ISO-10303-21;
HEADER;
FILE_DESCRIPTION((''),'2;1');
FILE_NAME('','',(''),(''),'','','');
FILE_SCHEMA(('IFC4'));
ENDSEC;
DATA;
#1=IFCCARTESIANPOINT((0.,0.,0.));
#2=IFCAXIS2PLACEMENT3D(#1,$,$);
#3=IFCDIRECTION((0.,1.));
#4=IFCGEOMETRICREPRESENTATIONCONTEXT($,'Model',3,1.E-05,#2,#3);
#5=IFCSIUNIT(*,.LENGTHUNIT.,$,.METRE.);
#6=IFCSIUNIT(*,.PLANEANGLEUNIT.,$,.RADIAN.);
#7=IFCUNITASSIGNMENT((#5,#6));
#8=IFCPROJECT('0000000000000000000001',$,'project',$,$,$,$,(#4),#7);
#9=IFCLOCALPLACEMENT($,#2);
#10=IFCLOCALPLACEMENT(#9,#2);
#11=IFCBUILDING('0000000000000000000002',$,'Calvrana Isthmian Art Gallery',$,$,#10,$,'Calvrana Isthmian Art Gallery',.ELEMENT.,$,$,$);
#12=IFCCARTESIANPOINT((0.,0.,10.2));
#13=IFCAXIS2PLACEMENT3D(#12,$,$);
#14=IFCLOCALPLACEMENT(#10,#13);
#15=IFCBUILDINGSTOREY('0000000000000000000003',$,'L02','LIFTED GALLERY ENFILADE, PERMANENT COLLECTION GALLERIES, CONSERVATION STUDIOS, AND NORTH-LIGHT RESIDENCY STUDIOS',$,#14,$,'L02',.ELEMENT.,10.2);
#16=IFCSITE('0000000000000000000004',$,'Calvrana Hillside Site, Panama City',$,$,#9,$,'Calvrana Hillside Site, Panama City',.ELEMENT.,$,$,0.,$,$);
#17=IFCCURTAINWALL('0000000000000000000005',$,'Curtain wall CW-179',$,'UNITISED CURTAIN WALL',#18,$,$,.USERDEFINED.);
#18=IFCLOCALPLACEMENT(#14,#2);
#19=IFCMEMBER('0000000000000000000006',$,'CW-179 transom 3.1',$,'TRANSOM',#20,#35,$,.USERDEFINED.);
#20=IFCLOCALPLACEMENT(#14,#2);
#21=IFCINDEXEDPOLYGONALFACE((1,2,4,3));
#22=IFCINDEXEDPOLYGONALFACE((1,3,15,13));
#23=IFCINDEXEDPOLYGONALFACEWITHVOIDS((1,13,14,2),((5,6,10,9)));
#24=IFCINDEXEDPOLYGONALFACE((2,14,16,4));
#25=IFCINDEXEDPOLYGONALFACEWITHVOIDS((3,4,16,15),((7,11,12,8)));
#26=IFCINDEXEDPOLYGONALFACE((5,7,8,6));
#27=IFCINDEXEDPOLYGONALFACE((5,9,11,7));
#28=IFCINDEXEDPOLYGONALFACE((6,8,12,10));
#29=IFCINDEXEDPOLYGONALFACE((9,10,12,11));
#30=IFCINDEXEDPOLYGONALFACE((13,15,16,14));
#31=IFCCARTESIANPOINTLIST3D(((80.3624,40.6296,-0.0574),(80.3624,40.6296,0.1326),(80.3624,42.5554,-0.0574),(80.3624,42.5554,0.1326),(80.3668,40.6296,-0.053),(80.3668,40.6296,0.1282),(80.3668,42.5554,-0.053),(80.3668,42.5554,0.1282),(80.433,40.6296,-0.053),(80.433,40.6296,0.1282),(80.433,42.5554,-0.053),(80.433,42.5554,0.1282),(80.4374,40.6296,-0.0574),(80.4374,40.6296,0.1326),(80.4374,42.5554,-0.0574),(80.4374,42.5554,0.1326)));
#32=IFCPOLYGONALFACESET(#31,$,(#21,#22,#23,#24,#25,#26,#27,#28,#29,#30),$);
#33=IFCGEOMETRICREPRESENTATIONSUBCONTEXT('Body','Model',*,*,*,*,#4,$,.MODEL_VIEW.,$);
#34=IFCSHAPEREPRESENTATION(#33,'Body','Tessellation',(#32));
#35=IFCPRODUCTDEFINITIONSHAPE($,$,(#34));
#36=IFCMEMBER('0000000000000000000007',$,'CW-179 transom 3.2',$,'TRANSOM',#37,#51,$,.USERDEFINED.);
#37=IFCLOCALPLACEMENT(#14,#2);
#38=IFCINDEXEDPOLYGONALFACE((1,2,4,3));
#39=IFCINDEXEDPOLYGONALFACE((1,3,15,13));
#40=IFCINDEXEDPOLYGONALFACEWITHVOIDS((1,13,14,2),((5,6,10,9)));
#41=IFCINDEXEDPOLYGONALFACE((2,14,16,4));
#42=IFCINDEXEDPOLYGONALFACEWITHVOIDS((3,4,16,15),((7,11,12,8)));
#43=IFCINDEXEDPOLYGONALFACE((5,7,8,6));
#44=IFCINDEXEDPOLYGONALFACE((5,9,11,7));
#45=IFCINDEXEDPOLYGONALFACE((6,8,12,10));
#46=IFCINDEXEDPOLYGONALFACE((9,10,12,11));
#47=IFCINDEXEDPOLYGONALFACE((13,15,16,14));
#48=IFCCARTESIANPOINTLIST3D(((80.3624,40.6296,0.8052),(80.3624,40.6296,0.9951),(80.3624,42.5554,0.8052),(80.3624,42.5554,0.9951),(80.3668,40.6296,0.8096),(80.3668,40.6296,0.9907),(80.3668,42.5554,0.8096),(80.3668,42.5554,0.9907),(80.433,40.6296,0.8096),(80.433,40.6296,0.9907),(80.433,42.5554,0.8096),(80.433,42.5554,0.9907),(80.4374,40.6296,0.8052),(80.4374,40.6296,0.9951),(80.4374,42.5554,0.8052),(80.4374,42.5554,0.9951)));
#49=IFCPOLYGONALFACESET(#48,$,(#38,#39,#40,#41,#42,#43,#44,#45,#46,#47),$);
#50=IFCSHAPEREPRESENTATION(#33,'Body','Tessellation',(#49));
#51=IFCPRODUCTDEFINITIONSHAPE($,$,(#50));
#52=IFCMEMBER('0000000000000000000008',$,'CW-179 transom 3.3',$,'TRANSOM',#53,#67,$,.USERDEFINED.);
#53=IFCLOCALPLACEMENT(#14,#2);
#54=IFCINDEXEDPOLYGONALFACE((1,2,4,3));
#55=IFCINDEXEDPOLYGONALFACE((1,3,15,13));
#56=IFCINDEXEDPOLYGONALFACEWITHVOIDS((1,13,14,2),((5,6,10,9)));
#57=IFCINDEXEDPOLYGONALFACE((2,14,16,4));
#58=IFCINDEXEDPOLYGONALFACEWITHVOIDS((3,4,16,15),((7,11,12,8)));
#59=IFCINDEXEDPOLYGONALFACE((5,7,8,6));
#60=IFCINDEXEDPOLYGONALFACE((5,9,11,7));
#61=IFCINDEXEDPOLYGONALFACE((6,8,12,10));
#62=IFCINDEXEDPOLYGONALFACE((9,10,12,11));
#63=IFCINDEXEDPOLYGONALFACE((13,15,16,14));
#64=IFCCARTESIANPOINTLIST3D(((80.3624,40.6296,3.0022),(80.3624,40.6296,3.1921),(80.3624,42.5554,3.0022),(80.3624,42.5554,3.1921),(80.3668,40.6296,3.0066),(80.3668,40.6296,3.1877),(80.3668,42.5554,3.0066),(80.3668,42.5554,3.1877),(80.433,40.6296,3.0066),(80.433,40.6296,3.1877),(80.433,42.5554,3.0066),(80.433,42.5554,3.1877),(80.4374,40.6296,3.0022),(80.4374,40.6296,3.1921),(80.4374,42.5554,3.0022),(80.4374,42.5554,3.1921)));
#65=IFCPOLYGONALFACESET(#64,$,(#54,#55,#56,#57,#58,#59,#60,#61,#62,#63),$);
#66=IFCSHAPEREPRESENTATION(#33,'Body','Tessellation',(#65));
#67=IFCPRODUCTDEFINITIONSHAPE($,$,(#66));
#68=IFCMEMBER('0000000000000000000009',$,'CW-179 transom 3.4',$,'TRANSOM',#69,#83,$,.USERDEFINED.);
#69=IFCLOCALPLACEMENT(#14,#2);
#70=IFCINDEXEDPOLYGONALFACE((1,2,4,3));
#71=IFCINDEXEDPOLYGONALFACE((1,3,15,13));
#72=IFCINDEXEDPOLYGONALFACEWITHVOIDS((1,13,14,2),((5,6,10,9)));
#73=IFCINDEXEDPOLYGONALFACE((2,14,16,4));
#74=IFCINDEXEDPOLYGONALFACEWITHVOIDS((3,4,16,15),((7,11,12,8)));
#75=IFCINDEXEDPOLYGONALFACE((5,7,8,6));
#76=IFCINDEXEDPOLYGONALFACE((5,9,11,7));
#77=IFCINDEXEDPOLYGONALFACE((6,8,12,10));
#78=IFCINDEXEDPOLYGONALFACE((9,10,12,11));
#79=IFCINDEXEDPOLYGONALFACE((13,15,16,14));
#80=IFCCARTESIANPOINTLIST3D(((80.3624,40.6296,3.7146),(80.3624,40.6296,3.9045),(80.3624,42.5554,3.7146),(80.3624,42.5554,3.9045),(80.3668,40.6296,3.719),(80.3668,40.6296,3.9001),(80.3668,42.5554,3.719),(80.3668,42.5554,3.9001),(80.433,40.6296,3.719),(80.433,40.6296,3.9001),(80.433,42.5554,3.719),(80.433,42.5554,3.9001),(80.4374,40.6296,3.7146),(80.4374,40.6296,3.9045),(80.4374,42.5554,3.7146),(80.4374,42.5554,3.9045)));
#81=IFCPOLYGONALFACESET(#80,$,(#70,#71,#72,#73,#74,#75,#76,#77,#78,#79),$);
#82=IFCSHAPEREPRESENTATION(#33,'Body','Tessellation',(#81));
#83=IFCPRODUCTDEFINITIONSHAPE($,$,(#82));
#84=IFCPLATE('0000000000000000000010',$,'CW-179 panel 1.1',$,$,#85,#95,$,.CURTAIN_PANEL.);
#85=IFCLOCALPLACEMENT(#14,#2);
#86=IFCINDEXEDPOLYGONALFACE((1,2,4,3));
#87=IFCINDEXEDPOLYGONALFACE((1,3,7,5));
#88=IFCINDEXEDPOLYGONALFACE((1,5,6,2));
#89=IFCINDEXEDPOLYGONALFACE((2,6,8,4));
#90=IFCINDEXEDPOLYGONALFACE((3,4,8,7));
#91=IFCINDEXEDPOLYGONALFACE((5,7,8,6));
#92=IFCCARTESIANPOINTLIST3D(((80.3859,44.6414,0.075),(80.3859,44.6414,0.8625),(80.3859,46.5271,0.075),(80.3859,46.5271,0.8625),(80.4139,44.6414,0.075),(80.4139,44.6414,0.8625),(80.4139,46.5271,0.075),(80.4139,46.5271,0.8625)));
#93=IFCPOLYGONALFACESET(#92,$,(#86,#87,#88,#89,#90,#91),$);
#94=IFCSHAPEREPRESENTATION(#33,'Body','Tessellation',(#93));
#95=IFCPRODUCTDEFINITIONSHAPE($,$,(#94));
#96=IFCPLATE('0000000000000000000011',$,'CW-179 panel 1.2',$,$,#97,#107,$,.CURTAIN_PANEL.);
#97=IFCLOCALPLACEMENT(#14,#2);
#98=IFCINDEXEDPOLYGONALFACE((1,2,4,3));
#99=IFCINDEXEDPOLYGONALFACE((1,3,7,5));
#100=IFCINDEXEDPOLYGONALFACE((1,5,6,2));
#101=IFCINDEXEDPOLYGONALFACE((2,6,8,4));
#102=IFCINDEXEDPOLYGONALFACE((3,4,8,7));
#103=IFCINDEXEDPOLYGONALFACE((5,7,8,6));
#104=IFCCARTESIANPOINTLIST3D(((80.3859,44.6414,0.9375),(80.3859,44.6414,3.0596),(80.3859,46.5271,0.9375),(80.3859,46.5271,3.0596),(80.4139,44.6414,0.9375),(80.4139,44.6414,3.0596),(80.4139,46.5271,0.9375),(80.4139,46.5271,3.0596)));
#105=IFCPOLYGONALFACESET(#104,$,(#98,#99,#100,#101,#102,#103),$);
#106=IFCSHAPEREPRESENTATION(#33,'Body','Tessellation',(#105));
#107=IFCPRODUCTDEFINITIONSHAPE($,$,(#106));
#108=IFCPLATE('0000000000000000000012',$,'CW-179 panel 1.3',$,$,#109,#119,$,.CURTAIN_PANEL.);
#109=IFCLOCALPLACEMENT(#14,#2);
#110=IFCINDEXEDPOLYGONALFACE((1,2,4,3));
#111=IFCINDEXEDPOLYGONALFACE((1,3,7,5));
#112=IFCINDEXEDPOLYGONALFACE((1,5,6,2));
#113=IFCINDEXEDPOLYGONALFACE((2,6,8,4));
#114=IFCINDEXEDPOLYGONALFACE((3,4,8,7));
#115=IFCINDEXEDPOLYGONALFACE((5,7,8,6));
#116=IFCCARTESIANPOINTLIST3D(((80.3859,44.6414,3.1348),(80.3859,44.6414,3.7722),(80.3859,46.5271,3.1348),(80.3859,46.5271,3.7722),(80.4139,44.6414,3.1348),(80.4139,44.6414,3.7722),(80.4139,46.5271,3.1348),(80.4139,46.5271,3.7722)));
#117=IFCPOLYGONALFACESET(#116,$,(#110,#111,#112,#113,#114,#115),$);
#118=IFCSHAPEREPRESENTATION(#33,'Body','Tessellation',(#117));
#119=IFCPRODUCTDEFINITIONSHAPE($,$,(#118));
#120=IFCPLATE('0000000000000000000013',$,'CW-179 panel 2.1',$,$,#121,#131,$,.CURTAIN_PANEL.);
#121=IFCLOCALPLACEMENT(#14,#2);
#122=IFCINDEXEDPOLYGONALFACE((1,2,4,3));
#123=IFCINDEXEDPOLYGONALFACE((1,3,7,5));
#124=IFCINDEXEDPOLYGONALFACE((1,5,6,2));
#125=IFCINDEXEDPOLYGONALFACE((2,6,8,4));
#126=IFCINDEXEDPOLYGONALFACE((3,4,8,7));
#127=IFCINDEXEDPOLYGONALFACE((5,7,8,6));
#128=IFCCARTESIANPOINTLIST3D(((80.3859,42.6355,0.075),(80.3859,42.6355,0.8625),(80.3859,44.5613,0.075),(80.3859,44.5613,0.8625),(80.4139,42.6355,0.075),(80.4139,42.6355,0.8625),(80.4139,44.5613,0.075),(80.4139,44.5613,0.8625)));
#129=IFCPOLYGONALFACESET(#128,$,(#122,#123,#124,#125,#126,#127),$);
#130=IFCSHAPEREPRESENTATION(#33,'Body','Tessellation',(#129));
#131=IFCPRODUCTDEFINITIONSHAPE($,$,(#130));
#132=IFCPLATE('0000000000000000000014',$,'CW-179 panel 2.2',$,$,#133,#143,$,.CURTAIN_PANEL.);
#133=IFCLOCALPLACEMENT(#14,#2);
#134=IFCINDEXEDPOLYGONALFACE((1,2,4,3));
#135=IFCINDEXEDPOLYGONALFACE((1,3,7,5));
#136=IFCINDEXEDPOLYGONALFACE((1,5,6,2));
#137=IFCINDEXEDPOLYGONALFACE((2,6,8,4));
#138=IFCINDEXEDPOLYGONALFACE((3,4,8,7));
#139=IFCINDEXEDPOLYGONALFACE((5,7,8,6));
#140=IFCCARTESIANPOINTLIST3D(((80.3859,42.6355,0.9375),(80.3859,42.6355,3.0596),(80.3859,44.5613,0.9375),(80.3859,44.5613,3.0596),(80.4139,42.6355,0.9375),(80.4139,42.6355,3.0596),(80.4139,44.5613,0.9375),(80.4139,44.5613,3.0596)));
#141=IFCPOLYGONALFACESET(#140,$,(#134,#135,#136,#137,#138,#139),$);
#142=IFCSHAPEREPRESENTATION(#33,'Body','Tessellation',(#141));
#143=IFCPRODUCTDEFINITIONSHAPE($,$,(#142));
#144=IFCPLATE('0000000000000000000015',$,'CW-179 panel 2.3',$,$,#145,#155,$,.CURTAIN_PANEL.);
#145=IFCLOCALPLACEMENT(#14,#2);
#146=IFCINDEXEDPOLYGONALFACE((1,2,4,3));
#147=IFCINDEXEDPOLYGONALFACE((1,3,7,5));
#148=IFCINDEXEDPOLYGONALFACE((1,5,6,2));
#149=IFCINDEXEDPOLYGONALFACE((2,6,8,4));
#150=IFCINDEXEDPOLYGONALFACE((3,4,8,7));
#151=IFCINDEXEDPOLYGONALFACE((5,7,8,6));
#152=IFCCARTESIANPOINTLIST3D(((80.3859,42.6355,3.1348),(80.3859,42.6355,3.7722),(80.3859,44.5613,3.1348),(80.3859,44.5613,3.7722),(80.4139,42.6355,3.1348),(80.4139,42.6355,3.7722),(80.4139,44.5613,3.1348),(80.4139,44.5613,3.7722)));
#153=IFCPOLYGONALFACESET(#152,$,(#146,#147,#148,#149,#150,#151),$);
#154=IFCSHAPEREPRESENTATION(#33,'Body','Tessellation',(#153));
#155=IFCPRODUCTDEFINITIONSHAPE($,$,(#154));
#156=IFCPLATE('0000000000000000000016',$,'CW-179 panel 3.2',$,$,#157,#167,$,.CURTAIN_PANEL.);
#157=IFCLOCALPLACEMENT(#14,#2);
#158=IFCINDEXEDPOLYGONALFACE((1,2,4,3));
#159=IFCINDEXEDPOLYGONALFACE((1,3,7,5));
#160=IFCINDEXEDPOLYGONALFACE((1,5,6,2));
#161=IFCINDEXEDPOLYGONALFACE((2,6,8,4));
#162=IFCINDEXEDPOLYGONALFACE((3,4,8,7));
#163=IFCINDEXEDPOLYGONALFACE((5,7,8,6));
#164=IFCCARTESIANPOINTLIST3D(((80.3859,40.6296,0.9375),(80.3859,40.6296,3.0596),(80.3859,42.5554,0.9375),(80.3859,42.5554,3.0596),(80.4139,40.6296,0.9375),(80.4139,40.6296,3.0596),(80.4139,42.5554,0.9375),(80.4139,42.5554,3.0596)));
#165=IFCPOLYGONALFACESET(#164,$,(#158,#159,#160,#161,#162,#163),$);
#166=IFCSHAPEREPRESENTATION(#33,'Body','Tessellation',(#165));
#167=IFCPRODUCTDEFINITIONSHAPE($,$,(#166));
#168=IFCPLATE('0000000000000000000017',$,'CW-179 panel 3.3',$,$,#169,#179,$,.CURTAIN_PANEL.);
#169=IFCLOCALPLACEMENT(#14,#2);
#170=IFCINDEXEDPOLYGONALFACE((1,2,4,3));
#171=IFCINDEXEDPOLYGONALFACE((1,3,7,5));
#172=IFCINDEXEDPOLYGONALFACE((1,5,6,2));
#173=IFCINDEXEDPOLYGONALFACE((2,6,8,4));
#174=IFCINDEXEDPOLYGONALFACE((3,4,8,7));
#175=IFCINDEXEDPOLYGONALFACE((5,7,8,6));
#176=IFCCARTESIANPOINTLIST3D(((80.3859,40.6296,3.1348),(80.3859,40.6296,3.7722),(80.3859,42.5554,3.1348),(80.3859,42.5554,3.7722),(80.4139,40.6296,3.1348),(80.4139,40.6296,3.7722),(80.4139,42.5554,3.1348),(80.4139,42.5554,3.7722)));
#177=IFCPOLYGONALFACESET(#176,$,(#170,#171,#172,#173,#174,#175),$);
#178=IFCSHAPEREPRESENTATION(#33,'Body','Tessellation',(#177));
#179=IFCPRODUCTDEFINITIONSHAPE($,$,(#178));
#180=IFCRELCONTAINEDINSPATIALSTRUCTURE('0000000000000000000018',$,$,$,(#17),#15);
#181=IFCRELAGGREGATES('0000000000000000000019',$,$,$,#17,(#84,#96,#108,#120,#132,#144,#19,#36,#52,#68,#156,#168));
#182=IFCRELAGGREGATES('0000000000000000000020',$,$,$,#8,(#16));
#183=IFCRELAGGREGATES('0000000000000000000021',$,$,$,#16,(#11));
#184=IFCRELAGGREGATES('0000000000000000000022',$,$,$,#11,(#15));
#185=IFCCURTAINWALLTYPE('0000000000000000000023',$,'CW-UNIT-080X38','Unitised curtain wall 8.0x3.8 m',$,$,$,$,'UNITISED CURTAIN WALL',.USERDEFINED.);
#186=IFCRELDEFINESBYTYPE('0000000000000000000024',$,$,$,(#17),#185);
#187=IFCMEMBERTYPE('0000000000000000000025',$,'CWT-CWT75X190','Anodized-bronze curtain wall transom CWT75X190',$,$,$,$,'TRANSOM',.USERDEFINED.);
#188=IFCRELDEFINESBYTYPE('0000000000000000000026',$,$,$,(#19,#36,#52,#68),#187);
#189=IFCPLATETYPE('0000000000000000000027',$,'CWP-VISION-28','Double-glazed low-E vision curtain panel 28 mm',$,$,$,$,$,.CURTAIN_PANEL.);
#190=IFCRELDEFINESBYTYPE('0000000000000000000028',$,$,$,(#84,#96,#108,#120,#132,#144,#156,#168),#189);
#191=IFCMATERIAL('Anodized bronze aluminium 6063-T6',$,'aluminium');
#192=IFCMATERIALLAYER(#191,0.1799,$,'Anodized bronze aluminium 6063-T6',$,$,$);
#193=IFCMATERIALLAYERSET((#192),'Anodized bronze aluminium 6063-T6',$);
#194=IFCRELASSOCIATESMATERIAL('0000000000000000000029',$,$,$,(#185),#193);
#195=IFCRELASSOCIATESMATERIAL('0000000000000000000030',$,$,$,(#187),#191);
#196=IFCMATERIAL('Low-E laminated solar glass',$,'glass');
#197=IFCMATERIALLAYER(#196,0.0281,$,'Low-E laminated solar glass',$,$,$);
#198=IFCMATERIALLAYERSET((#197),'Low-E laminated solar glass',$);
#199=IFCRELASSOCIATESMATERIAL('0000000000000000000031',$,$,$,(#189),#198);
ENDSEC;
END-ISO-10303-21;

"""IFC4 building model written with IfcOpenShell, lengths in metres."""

from ifc_helpers import new_model, si_unit, direction, frame, origin, origin_2d, place, context, subcontext, project, spatial, rectangle, hollow_rectangle, extrude, material, layer, layer_set, material_profile, profile_set, type_object, element, aggregate, save


model = new_model("IFC4")

# Units and contexts
model_context = context("Model", 3, precision=1e-05, world=origin(), true_north=direction((0.0, 1.0)))
body_context = subcontext(model_context, "Body", "Model", "MODEL_VIEW")
ifc_project = project(units=[si_unit("LENGTHUNIT", "METRE"), si_unit("PLANEANGLEUNIT", "RADIAN")], contexts=[model_context])

# Site, building, storey
site_placement = place(None, origin())
site = spatial("IfcSite", under=ifc_project, at=site_placement, Name="Calvrana Hillside Site, Panama City", LongName="Calvrana Hillside Site, Panama City", CompositionType="ELEMENT", RefElevation=0.0)
building_placement = place(site_placement, origin())
building = spatial("IfcBuilding", under=site, at=building_placement, Name="Calvrana Isthmian Art Gallery", LongName="Calvrana Isthmian Art Gallery", CompositionType="ELEMENT")
storey_placement = place(building_placement, frame((0.0, 0.0, 10.2)))
storey = spatial("IfcBuildingStorey", under=building, at=storey_placement, Name="L02", Description="LIFTED GALLERY ENFILADE, PERMANENT COLLECTION GALLERIES, CONSERVATION STUDIOS, AND NORTH-LIGHT RESIDENCY STUDIOS", LongName="L02", CompositionType="ELEMENT", Elevation=10.2)

# Curtain wall, members, plates
ifc_material_1 = material(Name="Anodized bronze aluminium 6063-T6", Category="aluminium")
ifc_layer_1 = layer(ifc_material_1, 0.1799, Name="Anodized bronze aluminium 6063-T6")
ifc_layer_set_1 = layer_set([ifc_layer_1], Name="Anodized bronze aluminium 6063-T6")
curtain_wall_type = type_object("IfcCurtainWallType", Name="CW-UNIT-080X38", Description="Unitised curtain wall 8.0x3.8 m", ElementType="UNITISED CURTAIN WALL", PredefinedType="USERDEFINED", material=ifc_layer_set_1)
curtain_wall_placement = place(storey_placement, origin())
curtain_wall = element("IfcCurtainWall", 1, at=curtain_wall_placement, inside=storey, type_object=curtain_wall_type, Name="Curtain wall CW-179", ObjectType="UNITISED CURTAIN WALL", PredefinedType="USERDEFINED")
ifc_material_profile_1 = material_profile(ifc_material_1, hollow_rectangle(XDim=0.075, YDim=0.1899, WallThickness=0.0044, at=origin_2d()), Name="CWT75X190")
ifc_profile_set_1 = profile_set([ifc_material_profile_1], Name="Anodized bronze aluminium 6063-T6")
member_type_1 = type_object("IfcMemberType", Name="CWT-CWT75X190", Description="Anodized-bronze curtain wall transom CWT75X190", ElementType="TRANSOM", PredefinedType="USERDEFINED", material=ifc_profile_set_1)
member_1_placement = place(storey_placement, frame((80.3999, 42.5554, 0.0376), z_axis=(0.0, -1.0, 0.0), x_axis=(1.0, 0.0, 0.0)))
member_1 = element("IfcMember", 2, at=member_1_placement, type_object=member_type_1, Name="CW-179 transom 3.1", ObjectType="TRANSOM", PredefinedType="USERDEFINED", context=body_context, shape_type="SweptSolid", body=[
    extrude(hollow_rectangle(XDim=0.075, YDim=0.1899, WallThickness=0.0044, at=origin_2d()), origin(), (0.0, 0.0, 1.0), 1.9258),
])
member_2_placement = place(storey_placement, frame((80.3999, 42.5554, 0.9001), z_axis=(0.0, -1.0, 0.0), x_axis=(1.0, 0.0, 0.0)))
member_2 = element("IfcMember", 3, at=member_2_placement, type_object=member_type_1, Name="CW-179 transom 3.2", ObjectType="TRANSOM", PredefinedType="USERDEFINED", context=body_context, shape_type="SweptSolid", body=[
    extrude(hollow_rectangle(XDim=0.075, YDim=0.1899, WallThickness=0.0044, at=origin_2d()), origin(), (0.0, 0.0, 1.0), 1.9258),
])
member_3_placement = place(storey_placement, frame((80.3999, 42.5554, 3.0972), z_axis=(0.0, -1.0, 0.0), x_axis=(1.0, 0.0, 0.0)))
member_3 = element("IfcMember", 4, at=member_3_placement, type_object=member_type_1, Name="CW-179 transom 3.3", ObjectType="TRANSOM", PredefinedType="USERDEFINED", context=body_context, shape_type="SweptSolid", body=[
    extrude(hollow_rectangle(XDim=0.075, YDim=0.1899, WallThickness=0.0044, at=origin_2d()), origin(), (0.0, 0.0, 1.0), 1.9258),
])
member_4_placement = place(storey_placement, frame((80.3999, 42.5554, 3.8096), z_axis=(0.0, -1.0, 0.0), x_axis=(1.0, 0.0, 0.0)))
member_4 = element("IfcMember", 5, at=member_4_placement, type_object=member_type_1, Name="CW-179 transom 3.4", ObjectType="TRANSOM", PredefinedType="USERDEFINED", context=body_context, shape_type="SweptSolid", body=[
    extrude(hollow_rectangle(XDim=0.075, YDim=0.1899, WallThickness=0.0044, at=origin_2d()), origin(), (0.0, 0.0, 1.0), 1.9258),
])
ifc_material_2 = material(Name="Low-E laminated solar glass", Category="glass")
ifc_layer_2 = layer(ifc_material_2, 0.0281, Name="Low-E laminated solar glass")
ifc_layer_set_2 = layer_set([ifc_layer_2], Name="Low-E laminated solar glass")
plate_type = type_object("IfcPlateType", Name="CWP-VISION-28", Description="Double-glazed low-E vision curtain panel 28 mm", PredefinedType="CURTAIN_PANEL", material=ifc_layer_set_2)
plate_1_placement = place(storey_placement, frame((80.3999, 45.5842, 0.075), z_axis=(0.0, 0.0, 1.0), x_axis=(0.0, -1.0, 0.0)))
plate_1 = element("IfcPlate", 6, at=plate_1_placement, type_object=plate_type, Name="CW-179 panel 1.1", PredefinedType="CURTAIN_PANEL", context=body_context, shape_type="SweptSolid", body=[
    extrude(rectangle(XDim=1.8857, YDim=0.0281, at=origin_2d()), origin(), (0.0, 0.0, 1.0), 0.7876),
])
plate_2_placement = place(storey_placement, frame((80.3999, 45.5842, 0.9375), z_axis=(0.0, 0.0, 1.0), x_axis=(0.0, -1.0, 0.0)))
plate_2 = element("IfcPlate", 7, at=plate_2_placement, type_object=plate_type, Name="CW-179 panel 1.2", PredefinedType="CURTAIN_PANEL", context=body_context, shape_type="SweptSolid", body=[
    extrude(rectangle(XDim=1.8857, YDim=0.0281, at=origin_2d()), origin(), (0.0, 0.0, 1.0), 2.1221),
])
plate_3_placement = place(storey_placement, frame((80.3999, 45.5842, 3.1348), z_axis=(0.0, 0.0, 1.0), x_axis=(0.0, -1.0, 0.0)))
plate_3 = element("IfcPlate", 8, at=plate_3_placement, type_object=plate_type, Name="CW-179 panel 1.3", PredefinedType="CURTAIN_PANEL", context=body_context, shape_type="SweptSolid", body=[
    extrude(rectangle(XDim=1.8857, YDim=0.0281, at=origin_2d()), origin(), (0.0, 0.0, 1.0), 0.6375),
])
plate_4_placement = place(storey_placement, frame((80.3999, 43.5984, 0.075), z_axis=(0.0, 0.0, 1.0), x_axis=(0.0, -1.0, 0.0)))
plate_4 = element("IfcPlate", 9, at=plate_4_placement, type_object=plate_type, Name="CW-179 panel 2.1", PredefinedType="CURTAIN_PANEL", context=body_context, shape_type="SweptSolid", body=[
    extrude(rectangle(XDim=1.9258, YDim=0.0281, at=origin_2d()), origin(), (0.0, 0.0, 1.0), 0.7876),
])
plate_5_placement = place(storey_placement, frame((80.3999, 43.5984, 0.9375), z_axis=(0.0, 0.0, 1.0), x_axis=(0.0, -1.0, 0.0)))
plate_5 = element("IfcPlate", 10, at=plate_5_placement, type_object=plate_type, Name="CW-179 panel 2.2", PredefinedType="CURTAIN_PANEL", context=body_context, shape_type="SweptSolid", body=[
    extrude(rectangle(XDim=1.9258, YDim=0.0281, at=origin_2d()), origin(), (0.0, 0.0, 1.0), 2.1221),
])
plate_6_placement = place(storey_placement, frame((80.3999, 43.5984, 3.1348), z_axis=(0.0, 0.0, 1.0), x_axis=(0.0, -1.0, 0.0)))
plate_6 = element("IfcPlate", 11, at=plate_6_placement, type_object=plate_type, Name="CW-179 panel 2.3", PredefinedType="CURTAIN_PANEL", context=body_context, shape_type="SweptSolid", body=[
    extrude(rectangle(XDim=1.9258, YDim=0.0281, at=origin_2d()), origin(), (0.0, 0.0, 1.0), 0.6375),
])
plate_7_placement = place(storey_placement, frame((80.3999, 41.5925, 0.9375), z_axis=(0.0, 0.0, 1.0), x_axis=(0.0, -1.0, 0.0)))
plate_7 = element("IfcPlate", 12, at=plate_7_placement, type_object=plate_type, Name="CW-179 panel 3.2", PredefinedType="CURTAIN_PANEL", context=body_context, shape_type="SweptSolid", body=[
    extrude(rectangle(XDim=1.9258, YDim=0.0281, at=origin_2d()), origin(), (0.0, 0.0, 1.0), 2.1221),
])
plate_8_placement = place(storey_placement, frame((80.3999, 41.5925, 3.1348), z_axis=(0.0, 0.0, 1.0), x_axis=(0.0, -1.0, 0.0)))
plate_8 = element("IfcPlate", 13, at=plate_8_placement, type_object=plate_type, Name="CW-179 panel 3.3", PredefinedType="CURTAIN_PANEL", context=body_context, shape_type="SweptSolid", body=[
    extrude(rectangle(XDim=1.9258, YDim=0.0281, at=origin_2d()), origin(), (0.0, 0.0, 1.0), 0.6375),
])
aggregate(curtain_wall, [plate_1, plate_2, plate_3, plate_4, plate_5, plate_6, member_1, member_2, member_3, member_4, plate_7, plate_8])

save(model, "model.ifc")
